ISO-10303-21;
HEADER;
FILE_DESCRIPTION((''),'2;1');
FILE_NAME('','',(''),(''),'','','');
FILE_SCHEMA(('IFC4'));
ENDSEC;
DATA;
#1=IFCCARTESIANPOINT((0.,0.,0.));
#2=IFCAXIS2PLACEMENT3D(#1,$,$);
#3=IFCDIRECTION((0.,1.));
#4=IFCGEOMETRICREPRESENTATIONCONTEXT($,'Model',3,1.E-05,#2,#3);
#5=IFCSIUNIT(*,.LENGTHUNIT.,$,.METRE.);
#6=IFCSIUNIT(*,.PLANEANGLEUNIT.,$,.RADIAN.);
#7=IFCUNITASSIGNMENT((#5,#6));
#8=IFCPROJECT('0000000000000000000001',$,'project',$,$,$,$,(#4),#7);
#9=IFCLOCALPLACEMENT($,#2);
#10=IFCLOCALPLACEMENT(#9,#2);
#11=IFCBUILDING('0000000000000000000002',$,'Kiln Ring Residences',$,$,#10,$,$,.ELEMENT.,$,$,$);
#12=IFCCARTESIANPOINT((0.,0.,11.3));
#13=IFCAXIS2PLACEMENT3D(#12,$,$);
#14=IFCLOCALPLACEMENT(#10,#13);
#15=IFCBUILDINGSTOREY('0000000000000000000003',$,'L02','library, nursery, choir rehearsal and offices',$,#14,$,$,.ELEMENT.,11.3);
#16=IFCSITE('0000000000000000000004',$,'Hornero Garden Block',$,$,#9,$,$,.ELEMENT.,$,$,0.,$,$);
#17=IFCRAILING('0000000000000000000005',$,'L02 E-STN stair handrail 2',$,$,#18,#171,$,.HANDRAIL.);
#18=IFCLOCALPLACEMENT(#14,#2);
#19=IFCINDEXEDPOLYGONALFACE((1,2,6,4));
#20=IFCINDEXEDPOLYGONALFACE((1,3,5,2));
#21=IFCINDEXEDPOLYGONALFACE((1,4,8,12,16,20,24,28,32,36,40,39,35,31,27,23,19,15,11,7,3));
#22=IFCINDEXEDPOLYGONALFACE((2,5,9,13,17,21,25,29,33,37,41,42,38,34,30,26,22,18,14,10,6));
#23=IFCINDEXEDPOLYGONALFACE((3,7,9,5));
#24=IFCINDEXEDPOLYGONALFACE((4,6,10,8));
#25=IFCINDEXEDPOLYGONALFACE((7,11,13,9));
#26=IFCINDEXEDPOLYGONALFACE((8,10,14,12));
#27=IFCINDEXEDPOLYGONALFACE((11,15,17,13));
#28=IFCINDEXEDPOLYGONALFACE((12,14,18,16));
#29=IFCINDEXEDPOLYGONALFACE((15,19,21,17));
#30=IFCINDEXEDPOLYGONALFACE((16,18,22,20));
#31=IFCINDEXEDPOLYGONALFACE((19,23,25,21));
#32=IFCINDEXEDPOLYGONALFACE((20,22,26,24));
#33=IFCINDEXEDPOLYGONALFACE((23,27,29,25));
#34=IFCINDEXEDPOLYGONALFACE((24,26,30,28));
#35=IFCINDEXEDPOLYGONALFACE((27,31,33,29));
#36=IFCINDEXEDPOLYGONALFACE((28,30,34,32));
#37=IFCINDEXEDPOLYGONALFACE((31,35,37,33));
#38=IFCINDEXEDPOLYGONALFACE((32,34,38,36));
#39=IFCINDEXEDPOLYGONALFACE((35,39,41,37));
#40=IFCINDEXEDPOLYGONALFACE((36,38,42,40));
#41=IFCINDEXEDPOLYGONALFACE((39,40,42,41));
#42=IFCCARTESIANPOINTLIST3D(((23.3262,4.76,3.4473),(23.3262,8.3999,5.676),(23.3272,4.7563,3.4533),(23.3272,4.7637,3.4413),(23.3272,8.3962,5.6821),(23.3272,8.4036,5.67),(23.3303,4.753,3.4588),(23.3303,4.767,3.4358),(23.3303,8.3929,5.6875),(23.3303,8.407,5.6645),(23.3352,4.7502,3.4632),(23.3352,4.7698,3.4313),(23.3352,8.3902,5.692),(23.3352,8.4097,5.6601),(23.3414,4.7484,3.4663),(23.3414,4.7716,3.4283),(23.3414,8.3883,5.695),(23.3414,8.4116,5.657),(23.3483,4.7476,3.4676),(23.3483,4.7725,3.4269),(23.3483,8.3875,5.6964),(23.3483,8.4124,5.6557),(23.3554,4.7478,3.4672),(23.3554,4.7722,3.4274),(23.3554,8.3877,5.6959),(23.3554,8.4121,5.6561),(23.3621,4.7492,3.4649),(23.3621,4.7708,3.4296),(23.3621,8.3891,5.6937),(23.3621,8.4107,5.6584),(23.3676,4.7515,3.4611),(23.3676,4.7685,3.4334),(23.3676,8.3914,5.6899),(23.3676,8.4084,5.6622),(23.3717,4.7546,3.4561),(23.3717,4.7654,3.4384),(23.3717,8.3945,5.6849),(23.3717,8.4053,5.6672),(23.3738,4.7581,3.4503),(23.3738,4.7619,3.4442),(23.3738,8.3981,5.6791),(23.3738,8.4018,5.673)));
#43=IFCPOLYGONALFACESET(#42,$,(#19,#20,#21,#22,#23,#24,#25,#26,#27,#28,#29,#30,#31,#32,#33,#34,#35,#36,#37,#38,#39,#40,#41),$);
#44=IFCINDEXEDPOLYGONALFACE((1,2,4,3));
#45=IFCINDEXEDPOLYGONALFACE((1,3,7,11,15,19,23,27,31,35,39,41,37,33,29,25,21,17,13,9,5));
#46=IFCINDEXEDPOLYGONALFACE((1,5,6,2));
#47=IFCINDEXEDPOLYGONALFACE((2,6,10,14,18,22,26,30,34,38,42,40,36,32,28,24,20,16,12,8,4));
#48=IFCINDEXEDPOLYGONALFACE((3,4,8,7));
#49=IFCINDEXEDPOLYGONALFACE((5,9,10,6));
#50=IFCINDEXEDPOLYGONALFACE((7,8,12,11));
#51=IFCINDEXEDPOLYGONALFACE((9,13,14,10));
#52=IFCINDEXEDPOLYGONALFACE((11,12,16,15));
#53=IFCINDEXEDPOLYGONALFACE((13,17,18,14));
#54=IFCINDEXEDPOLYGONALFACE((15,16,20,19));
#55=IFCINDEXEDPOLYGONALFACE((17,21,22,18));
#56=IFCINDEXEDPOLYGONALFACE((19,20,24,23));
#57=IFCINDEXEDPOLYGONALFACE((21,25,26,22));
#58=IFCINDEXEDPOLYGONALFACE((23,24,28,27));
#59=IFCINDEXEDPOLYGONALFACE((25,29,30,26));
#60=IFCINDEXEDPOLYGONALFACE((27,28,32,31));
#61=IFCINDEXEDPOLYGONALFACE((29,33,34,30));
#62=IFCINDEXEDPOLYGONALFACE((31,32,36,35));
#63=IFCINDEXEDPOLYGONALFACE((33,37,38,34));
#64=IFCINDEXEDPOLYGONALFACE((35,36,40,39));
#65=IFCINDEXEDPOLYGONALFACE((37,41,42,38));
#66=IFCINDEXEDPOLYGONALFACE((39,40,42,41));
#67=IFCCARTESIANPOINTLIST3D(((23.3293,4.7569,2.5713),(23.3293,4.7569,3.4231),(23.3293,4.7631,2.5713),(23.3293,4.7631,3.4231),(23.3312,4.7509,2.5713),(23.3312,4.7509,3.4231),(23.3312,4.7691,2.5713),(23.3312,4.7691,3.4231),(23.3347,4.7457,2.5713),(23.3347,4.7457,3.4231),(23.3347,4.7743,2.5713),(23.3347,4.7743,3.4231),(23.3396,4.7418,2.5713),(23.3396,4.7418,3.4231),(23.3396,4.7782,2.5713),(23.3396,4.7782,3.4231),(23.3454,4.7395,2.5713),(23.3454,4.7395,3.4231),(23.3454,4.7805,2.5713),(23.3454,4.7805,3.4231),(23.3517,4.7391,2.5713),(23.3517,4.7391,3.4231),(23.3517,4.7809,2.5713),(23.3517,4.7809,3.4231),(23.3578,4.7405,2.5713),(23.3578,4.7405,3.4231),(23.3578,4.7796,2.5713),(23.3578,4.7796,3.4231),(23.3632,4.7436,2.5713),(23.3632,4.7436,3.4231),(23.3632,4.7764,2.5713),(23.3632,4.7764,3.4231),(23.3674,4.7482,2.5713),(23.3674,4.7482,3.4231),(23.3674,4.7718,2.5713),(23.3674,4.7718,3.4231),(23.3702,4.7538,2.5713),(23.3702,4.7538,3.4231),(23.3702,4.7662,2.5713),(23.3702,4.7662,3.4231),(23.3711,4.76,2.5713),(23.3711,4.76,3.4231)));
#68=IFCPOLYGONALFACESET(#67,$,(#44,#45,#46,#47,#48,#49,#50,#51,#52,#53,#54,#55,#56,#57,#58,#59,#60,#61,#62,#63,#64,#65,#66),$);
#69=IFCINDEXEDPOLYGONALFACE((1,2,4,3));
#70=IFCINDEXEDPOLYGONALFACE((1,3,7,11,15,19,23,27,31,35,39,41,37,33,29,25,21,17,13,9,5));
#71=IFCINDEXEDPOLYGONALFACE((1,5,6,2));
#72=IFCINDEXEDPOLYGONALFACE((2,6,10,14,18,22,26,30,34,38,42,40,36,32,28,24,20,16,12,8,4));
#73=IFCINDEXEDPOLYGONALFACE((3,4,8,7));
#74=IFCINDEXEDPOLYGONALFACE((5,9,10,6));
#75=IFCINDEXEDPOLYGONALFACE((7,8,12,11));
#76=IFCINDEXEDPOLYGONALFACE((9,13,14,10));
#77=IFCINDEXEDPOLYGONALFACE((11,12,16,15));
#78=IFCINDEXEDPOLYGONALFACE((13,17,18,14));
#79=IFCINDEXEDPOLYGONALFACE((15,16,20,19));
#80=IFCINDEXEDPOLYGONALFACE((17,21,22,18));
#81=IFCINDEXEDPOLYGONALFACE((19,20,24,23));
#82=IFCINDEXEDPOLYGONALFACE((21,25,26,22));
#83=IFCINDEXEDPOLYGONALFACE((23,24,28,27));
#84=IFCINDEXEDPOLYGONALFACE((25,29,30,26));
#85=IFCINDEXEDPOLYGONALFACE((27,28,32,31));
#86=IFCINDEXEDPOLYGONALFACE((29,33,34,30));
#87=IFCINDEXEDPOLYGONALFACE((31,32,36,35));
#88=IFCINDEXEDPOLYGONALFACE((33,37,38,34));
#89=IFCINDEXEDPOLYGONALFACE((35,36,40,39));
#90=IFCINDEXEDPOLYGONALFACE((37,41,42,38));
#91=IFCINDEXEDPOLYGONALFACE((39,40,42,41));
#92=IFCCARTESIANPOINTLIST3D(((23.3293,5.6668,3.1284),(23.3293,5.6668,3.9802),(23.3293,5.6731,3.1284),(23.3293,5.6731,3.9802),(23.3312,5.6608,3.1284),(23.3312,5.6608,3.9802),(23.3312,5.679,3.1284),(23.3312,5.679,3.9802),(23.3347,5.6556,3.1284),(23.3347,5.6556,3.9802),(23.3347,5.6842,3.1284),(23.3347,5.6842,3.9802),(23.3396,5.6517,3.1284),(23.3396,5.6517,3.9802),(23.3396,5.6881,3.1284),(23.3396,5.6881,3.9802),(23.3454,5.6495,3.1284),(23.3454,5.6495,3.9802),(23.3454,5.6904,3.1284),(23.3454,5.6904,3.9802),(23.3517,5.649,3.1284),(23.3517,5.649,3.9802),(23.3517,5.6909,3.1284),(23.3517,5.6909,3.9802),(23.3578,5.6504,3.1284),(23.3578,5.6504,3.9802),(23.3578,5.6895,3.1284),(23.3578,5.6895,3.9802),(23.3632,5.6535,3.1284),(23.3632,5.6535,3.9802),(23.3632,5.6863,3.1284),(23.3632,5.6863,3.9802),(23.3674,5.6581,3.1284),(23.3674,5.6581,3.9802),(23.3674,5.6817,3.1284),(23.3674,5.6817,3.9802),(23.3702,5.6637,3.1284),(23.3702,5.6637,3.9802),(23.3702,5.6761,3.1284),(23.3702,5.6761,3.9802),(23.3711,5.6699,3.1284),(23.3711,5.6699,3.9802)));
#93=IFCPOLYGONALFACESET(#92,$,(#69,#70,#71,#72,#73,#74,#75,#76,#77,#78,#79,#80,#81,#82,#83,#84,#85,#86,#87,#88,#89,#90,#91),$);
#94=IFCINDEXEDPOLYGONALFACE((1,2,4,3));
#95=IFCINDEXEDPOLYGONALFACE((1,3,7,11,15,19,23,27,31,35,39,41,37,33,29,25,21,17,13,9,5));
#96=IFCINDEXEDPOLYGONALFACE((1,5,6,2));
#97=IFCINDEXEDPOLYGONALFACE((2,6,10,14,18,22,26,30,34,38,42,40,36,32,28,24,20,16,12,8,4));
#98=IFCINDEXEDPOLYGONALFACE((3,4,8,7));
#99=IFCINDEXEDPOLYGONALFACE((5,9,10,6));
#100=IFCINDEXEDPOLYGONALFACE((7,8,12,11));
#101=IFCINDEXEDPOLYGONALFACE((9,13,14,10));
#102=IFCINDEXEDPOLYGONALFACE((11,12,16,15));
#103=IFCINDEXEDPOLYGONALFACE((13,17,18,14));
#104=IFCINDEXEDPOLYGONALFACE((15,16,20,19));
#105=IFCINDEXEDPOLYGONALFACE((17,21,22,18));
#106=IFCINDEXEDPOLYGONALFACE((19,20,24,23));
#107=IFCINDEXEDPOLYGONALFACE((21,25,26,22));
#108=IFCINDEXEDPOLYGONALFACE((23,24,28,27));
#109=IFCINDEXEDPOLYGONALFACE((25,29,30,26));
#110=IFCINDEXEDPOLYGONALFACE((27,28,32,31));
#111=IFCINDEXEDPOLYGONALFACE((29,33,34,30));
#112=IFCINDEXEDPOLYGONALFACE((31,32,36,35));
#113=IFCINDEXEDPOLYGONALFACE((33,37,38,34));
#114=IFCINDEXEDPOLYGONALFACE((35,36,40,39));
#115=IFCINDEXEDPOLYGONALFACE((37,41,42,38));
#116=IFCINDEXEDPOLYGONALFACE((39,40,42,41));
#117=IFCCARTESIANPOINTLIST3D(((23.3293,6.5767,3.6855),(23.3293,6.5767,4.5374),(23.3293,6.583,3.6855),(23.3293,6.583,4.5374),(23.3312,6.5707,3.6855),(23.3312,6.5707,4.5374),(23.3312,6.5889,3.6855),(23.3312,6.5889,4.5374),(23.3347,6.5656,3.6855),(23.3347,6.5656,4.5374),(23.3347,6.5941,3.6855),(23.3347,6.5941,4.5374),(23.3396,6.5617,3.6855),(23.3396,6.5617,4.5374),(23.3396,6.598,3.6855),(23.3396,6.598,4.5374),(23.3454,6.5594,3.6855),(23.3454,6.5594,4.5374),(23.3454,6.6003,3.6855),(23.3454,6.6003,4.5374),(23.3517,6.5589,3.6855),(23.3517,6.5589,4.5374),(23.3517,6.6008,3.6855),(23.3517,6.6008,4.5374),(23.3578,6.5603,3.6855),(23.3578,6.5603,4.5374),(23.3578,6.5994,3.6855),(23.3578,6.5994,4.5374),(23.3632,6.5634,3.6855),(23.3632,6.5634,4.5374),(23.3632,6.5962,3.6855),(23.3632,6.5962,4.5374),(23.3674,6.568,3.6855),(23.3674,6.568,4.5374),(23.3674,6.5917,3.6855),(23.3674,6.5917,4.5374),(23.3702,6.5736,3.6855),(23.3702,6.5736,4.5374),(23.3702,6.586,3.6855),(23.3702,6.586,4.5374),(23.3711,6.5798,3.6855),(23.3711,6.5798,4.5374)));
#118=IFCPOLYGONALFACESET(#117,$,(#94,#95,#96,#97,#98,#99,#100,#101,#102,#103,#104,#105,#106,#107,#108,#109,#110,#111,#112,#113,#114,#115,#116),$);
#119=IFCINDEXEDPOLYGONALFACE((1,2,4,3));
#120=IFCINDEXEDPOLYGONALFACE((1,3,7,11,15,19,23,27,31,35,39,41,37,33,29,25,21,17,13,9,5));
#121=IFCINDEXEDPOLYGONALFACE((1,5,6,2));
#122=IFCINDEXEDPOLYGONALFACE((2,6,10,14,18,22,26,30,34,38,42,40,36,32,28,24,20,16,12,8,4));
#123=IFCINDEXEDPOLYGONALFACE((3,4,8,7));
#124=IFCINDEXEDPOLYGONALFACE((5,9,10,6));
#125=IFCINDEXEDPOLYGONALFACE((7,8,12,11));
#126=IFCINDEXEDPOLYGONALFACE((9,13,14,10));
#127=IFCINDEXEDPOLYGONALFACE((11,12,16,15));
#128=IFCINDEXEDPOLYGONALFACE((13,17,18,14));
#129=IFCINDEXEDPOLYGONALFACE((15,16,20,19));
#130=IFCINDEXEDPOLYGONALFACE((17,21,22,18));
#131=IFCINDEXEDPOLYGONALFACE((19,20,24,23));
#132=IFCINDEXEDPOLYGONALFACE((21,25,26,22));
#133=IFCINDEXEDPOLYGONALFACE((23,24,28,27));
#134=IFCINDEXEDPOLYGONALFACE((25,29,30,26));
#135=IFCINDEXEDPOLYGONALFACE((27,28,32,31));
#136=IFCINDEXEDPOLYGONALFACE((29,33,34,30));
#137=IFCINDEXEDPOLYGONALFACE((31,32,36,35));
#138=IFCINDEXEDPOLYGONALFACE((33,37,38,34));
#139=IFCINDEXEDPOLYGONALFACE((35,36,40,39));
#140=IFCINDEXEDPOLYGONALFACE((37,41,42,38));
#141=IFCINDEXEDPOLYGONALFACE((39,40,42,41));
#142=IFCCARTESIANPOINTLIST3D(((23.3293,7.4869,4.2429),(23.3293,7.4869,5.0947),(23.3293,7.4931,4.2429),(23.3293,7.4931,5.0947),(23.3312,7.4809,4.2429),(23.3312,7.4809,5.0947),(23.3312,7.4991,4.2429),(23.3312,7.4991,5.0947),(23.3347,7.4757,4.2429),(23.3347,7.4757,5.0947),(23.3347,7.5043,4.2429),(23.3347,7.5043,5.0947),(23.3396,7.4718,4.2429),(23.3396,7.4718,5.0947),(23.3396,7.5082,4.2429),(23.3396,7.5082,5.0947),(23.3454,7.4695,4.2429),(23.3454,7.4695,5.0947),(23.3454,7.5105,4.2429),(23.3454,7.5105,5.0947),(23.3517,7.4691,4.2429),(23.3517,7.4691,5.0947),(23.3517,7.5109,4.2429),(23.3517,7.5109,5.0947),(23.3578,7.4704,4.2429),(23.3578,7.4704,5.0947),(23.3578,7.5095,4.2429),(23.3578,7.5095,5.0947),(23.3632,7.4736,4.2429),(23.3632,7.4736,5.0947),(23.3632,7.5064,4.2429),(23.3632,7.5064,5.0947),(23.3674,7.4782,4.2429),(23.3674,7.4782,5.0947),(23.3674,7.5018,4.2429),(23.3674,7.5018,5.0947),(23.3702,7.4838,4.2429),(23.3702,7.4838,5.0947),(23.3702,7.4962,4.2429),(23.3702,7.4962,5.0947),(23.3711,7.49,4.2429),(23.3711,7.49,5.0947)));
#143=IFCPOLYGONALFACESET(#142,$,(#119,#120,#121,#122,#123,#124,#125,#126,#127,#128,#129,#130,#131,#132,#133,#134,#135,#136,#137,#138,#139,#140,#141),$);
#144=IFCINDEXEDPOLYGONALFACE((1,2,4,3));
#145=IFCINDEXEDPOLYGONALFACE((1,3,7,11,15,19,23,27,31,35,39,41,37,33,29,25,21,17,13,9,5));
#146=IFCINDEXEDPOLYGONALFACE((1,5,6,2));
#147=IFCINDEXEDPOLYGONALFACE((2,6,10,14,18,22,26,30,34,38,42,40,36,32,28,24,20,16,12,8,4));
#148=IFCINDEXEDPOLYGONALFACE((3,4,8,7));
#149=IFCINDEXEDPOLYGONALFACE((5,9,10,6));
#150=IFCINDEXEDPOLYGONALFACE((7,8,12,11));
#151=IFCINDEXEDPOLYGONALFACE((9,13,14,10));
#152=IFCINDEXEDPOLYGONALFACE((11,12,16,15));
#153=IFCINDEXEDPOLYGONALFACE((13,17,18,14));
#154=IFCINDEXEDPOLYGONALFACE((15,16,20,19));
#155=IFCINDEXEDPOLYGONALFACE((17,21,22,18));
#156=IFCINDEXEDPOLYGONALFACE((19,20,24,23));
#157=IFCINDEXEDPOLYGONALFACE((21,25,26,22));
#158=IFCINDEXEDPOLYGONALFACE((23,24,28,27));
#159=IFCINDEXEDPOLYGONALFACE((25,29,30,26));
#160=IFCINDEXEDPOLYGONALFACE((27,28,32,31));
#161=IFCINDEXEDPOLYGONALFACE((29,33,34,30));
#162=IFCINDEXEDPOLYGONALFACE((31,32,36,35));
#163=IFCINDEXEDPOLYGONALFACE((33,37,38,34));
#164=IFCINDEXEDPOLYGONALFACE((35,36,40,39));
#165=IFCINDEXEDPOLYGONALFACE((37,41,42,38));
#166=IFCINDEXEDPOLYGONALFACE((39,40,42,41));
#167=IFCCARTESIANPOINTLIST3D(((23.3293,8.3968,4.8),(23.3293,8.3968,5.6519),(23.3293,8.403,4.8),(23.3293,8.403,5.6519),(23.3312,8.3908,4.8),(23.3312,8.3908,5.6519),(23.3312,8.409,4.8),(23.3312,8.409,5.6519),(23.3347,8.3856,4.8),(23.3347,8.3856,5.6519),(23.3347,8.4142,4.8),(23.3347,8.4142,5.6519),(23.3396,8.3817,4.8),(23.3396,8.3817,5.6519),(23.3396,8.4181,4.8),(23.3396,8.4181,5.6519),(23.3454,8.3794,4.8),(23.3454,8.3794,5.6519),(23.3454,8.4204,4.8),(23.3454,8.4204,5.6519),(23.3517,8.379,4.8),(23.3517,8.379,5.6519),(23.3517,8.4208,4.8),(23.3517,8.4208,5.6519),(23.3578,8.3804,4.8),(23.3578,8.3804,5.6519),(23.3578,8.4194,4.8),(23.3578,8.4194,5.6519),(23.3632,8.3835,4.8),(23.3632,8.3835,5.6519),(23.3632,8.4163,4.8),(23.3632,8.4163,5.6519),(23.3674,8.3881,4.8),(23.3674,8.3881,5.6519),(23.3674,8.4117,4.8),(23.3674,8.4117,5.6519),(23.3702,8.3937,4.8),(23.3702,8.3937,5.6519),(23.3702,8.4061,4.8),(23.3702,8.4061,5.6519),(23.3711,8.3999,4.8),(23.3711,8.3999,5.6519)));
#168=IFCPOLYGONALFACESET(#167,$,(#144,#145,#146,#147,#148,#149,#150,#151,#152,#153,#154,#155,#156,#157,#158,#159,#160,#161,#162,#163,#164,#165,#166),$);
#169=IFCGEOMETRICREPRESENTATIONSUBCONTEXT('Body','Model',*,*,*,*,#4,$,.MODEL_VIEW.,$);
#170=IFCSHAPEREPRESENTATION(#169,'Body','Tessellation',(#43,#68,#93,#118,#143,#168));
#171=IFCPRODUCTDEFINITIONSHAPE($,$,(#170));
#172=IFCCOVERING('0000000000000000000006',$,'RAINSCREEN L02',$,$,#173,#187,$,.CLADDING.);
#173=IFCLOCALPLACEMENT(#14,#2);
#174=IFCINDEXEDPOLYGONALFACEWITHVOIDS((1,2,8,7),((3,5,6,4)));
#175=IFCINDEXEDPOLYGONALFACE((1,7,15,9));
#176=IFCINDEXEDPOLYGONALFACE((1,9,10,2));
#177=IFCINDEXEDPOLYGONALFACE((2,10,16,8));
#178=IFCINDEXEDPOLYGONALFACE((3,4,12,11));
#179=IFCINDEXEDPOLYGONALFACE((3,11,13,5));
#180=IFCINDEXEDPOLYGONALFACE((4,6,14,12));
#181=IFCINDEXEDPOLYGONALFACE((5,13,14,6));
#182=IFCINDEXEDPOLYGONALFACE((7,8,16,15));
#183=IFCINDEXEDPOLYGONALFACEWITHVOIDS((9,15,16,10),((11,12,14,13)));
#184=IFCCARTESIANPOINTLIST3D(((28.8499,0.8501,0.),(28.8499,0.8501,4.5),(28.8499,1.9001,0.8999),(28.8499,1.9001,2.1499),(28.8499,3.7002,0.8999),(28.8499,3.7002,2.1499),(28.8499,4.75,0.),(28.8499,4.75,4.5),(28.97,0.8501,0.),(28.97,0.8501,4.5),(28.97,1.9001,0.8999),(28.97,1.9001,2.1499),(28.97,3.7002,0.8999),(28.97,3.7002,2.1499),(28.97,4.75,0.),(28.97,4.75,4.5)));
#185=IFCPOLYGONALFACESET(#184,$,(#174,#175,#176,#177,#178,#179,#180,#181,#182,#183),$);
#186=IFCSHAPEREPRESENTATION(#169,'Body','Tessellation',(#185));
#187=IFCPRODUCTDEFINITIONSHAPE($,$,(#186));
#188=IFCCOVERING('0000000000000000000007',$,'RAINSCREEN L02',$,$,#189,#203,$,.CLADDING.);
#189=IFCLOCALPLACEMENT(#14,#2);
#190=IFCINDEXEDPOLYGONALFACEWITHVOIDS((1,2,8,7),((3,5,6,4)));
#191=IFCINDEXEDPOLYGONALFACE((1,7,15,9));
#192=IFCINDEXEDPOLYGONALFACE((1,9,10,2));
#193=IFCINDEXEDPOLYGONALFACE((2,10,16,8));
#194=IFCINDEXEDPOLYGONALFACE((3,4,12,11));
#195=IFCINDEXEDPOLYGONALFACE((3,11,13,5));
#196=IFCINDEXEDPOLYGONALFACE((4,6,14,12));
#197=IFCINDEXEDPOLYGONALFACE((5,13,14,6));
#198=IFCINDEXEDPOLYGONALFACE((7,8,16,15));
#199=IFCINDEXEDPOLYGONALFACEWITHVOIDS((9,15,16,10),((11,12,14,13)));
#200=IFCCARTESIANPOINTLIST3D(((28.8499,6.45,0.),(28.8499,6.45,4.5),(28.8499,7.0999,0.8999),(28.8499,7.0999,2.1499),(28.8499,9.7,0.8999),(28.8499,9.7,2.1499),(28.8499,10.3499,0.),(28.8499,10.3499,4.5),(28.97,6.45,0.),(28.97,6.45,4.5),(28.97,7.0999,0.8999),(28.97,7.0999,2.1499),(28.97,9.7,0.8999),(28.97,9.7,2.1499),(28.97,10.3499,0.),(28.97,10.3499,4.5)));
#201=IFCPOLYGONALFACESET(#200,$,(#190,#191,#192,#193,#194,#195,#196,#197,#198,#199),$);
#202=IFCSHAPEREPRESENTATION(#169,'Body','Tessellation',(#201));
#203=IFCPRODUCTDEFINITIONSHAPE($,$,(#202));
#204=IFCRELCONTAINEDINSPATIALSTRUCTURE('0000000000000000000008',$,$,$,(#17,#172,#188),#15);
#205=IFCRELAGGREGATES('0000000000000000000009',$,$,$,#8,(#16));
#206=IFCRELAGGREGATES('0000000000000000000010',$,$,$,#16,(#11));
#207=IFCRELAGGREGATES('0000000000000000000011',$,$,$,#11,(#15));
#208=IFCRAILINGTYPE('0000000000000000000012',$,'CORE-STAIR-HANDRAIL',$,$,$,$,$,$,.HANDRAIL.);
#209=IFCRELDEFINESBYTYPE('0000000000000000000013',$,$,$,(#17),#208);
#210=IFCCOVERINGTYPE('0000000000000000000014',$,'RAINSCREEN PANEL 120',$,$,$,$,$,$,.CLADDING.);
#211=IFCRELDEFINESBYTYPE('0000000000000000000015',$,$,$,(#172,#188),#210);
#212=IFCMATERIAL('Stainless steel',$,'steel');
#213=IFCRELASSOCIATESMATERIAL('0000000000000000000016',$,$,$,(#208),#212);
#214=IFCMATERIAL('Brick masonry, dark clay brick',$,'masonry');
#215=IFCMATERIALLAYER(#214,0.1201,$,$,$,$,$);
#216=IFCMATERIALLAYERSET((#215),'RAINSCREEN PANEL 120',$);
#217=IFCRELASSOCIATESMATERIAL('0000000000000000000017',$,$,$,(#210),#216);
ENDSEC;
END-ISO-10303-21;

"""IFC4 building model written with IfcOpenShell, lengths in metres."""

from ifc_helpers import new_model, si_unit, direction, frame, origin, origin_2d, place, context, subcontext, project, spatial, polyline, circle, outline, extrude, material, layer, layer_set, type_object, element, save


model = new_model("IFC4")

# Units and contexts
model_context = context("Model", 3, precision=1e-05, world=origin(), true_north=direction((0.0, 1.0)))
body_context = subcontext(model_context, "Body", "Model", "MODEL_VIEW")
ifc_project = project(units=[si_unit("LENGTHUNIT", "METRE"), si_unit("PLANEANGLEUNIT", "RADIAN")], contexts=[model_context])

# Site, building, storey
site_placement = place(None, origin())
site = spatial("IfcSite", under=ifc_project, at=site_placement, Name="Hornero Garden Block", CompositionType="ELEMENT", RefElevation=0.0)
building_placement = place(site_placement, origin())
building = spatial("IfcBuilding", under=site, at=building_placement, Name="Kiln Ring Residences", CompositionType="ELEMENT")
storey_placement = place(building_placement, frame((0.0, 0.0, 11.3)))
storey = spatial("IfcBuildingStorey", under=building, at=storey_placement, Name="L02", Description="library, nursery, choir rehearsal and offices", CompositionType="ELEMENT", Elevation=11.3)

# Railing
ifc_material_1 = material(Name="Stainless steel", Category="steel")
railing_type_1 = type_object("IfcRailingType", Name="CORE-STAIR-HANDRAIL", PredefinedType="HANDRAIL", material=ifc_material_1)
railing_1_placement = place(storey_placement, frame((23.3501, 4.76, 2.5713)))
element("IfcRailing", 1, at=railing_1_placement, inside=storey, type_object=railing_type_1, Name="L02 E-STN stair handrail 2", PredefinedType="HANDRAIL", context=body_context, shape_type="SweptSolid", body=[
    extrude(circle(Radius=0.0239, at=origin_2d()), frame((0.0, 0.0, 0.876), z_axis=(0.0, 0.852825, 0.522197), x_axis=(-1.0, 0.0, 0.0)), (0.0, 0.0, 1.0), 4.2681),
    extrude(circle(Radius=0.021, at=origin_2d()), origin(), (0.0, 0.0, 1.0), 0.8518),
    extrude(circle(Radius=0.021, at=origin_2d()), frame((0.0, 0.9099, 0.5571)), (0.0, 0.0, 1.0), 0.8518),
    extrude(circle(Radius=0.021, at=origin_2d()), frame((0.0, 1.8198, 1.1143)), (0.0, 0.0, 1.0), 0.8518),
    extrude(circle(Radius=0.021, at=origin_2d()), frame((0.0, 2.73, 1.6716)), (0.0, 0.0, 1.0), 0.8518),
    extrude(circle(Radius=0.021, at=origin_2d()), frame((0.0, 3.6399, 2.2288)), (0.0, 0.0, 1.0), 0.8518),
])

# Coverings
ifc_material_2 = material(Name="Brick masonry, dark clay brick", Category="masonry")
ifc_layer_1 = layer(ifc_material_2, 0.1201)
ifc_layer_set_1 = layer_set([ifc_layer_1], Name="RAINSCREEN PANEL 120")
covering_type = type_object("IfcCoveringType", Name="RAINSCREEN PANEL 120", PredefinedType="CLADDING", material=ifc_layer_set_1)
covering_1_placement = place(storey_placement, frame((28.9099, 0.8501, 0.0), z_axis=(0.0, 0.0, 1.0), x_axis=(0.0, 1.0, 0.0)))
element("IfcCovering", 2, at=covering_1_placement, inside=storey, type_object=covering_type, Name="RAINSCREEN L02", PredefinedType="CLADDING", context=body_context, shape_type="SweptSolid", body=[
    extrude(outline(polyline([(0.0, 0.0), (3.8999, 0.0), (3.8999, 4.5), (0.0, 4.5), (0.0, 0.0)]), holes=[polyline([(1.05, 2.1499), (1.05, 0.8999), (2.8501, 0.8999), (2.8501, 2.1499), (1.05, 2.1499)])]), frame((0.0, 0.0601, 0.0), z_axis=(0.0, -1.0, 0.0), x_axis=(1.0, 0.0, 0.0)), (0.0, 0.0, 1.0), 0.1201),
])
covering_2_placement = place(storey_placement, frame((28.9099, 6.45, 0.0), z_axis=(0.0, 0.0, 1.0), x_axis=(0.0, 1.0, 0.0)))
element("IfcCovering", 3, at=covering_2_placement, inside=storey, type_object=covering_type, Name="RAINSCREEN L02", PredefinedType="CLADDING", context=body_context, shape_type="SweptSolid", body=[
    extrude(outline(polyline([(0.0, 0.0), (3.8999, 0.0), (3.8999, 4.5), (0.0, 4.5), (0.0, 0.0)]), holes=[polyline([(0.6499, 2.1499), (0.6499, 0.8999), (3.25, 0.8999), (3.25, 2.1499), (0.6499, 2.1499)])]), frame((0.0, 0.0601, 0.0), z_axis=(0.0, -1.0, 0.0), x_axis=(1.0, 0.0, 0.0)), (0.0, 0.0, 1.0), 0.1201),
])

save(model, "model.ifc")
